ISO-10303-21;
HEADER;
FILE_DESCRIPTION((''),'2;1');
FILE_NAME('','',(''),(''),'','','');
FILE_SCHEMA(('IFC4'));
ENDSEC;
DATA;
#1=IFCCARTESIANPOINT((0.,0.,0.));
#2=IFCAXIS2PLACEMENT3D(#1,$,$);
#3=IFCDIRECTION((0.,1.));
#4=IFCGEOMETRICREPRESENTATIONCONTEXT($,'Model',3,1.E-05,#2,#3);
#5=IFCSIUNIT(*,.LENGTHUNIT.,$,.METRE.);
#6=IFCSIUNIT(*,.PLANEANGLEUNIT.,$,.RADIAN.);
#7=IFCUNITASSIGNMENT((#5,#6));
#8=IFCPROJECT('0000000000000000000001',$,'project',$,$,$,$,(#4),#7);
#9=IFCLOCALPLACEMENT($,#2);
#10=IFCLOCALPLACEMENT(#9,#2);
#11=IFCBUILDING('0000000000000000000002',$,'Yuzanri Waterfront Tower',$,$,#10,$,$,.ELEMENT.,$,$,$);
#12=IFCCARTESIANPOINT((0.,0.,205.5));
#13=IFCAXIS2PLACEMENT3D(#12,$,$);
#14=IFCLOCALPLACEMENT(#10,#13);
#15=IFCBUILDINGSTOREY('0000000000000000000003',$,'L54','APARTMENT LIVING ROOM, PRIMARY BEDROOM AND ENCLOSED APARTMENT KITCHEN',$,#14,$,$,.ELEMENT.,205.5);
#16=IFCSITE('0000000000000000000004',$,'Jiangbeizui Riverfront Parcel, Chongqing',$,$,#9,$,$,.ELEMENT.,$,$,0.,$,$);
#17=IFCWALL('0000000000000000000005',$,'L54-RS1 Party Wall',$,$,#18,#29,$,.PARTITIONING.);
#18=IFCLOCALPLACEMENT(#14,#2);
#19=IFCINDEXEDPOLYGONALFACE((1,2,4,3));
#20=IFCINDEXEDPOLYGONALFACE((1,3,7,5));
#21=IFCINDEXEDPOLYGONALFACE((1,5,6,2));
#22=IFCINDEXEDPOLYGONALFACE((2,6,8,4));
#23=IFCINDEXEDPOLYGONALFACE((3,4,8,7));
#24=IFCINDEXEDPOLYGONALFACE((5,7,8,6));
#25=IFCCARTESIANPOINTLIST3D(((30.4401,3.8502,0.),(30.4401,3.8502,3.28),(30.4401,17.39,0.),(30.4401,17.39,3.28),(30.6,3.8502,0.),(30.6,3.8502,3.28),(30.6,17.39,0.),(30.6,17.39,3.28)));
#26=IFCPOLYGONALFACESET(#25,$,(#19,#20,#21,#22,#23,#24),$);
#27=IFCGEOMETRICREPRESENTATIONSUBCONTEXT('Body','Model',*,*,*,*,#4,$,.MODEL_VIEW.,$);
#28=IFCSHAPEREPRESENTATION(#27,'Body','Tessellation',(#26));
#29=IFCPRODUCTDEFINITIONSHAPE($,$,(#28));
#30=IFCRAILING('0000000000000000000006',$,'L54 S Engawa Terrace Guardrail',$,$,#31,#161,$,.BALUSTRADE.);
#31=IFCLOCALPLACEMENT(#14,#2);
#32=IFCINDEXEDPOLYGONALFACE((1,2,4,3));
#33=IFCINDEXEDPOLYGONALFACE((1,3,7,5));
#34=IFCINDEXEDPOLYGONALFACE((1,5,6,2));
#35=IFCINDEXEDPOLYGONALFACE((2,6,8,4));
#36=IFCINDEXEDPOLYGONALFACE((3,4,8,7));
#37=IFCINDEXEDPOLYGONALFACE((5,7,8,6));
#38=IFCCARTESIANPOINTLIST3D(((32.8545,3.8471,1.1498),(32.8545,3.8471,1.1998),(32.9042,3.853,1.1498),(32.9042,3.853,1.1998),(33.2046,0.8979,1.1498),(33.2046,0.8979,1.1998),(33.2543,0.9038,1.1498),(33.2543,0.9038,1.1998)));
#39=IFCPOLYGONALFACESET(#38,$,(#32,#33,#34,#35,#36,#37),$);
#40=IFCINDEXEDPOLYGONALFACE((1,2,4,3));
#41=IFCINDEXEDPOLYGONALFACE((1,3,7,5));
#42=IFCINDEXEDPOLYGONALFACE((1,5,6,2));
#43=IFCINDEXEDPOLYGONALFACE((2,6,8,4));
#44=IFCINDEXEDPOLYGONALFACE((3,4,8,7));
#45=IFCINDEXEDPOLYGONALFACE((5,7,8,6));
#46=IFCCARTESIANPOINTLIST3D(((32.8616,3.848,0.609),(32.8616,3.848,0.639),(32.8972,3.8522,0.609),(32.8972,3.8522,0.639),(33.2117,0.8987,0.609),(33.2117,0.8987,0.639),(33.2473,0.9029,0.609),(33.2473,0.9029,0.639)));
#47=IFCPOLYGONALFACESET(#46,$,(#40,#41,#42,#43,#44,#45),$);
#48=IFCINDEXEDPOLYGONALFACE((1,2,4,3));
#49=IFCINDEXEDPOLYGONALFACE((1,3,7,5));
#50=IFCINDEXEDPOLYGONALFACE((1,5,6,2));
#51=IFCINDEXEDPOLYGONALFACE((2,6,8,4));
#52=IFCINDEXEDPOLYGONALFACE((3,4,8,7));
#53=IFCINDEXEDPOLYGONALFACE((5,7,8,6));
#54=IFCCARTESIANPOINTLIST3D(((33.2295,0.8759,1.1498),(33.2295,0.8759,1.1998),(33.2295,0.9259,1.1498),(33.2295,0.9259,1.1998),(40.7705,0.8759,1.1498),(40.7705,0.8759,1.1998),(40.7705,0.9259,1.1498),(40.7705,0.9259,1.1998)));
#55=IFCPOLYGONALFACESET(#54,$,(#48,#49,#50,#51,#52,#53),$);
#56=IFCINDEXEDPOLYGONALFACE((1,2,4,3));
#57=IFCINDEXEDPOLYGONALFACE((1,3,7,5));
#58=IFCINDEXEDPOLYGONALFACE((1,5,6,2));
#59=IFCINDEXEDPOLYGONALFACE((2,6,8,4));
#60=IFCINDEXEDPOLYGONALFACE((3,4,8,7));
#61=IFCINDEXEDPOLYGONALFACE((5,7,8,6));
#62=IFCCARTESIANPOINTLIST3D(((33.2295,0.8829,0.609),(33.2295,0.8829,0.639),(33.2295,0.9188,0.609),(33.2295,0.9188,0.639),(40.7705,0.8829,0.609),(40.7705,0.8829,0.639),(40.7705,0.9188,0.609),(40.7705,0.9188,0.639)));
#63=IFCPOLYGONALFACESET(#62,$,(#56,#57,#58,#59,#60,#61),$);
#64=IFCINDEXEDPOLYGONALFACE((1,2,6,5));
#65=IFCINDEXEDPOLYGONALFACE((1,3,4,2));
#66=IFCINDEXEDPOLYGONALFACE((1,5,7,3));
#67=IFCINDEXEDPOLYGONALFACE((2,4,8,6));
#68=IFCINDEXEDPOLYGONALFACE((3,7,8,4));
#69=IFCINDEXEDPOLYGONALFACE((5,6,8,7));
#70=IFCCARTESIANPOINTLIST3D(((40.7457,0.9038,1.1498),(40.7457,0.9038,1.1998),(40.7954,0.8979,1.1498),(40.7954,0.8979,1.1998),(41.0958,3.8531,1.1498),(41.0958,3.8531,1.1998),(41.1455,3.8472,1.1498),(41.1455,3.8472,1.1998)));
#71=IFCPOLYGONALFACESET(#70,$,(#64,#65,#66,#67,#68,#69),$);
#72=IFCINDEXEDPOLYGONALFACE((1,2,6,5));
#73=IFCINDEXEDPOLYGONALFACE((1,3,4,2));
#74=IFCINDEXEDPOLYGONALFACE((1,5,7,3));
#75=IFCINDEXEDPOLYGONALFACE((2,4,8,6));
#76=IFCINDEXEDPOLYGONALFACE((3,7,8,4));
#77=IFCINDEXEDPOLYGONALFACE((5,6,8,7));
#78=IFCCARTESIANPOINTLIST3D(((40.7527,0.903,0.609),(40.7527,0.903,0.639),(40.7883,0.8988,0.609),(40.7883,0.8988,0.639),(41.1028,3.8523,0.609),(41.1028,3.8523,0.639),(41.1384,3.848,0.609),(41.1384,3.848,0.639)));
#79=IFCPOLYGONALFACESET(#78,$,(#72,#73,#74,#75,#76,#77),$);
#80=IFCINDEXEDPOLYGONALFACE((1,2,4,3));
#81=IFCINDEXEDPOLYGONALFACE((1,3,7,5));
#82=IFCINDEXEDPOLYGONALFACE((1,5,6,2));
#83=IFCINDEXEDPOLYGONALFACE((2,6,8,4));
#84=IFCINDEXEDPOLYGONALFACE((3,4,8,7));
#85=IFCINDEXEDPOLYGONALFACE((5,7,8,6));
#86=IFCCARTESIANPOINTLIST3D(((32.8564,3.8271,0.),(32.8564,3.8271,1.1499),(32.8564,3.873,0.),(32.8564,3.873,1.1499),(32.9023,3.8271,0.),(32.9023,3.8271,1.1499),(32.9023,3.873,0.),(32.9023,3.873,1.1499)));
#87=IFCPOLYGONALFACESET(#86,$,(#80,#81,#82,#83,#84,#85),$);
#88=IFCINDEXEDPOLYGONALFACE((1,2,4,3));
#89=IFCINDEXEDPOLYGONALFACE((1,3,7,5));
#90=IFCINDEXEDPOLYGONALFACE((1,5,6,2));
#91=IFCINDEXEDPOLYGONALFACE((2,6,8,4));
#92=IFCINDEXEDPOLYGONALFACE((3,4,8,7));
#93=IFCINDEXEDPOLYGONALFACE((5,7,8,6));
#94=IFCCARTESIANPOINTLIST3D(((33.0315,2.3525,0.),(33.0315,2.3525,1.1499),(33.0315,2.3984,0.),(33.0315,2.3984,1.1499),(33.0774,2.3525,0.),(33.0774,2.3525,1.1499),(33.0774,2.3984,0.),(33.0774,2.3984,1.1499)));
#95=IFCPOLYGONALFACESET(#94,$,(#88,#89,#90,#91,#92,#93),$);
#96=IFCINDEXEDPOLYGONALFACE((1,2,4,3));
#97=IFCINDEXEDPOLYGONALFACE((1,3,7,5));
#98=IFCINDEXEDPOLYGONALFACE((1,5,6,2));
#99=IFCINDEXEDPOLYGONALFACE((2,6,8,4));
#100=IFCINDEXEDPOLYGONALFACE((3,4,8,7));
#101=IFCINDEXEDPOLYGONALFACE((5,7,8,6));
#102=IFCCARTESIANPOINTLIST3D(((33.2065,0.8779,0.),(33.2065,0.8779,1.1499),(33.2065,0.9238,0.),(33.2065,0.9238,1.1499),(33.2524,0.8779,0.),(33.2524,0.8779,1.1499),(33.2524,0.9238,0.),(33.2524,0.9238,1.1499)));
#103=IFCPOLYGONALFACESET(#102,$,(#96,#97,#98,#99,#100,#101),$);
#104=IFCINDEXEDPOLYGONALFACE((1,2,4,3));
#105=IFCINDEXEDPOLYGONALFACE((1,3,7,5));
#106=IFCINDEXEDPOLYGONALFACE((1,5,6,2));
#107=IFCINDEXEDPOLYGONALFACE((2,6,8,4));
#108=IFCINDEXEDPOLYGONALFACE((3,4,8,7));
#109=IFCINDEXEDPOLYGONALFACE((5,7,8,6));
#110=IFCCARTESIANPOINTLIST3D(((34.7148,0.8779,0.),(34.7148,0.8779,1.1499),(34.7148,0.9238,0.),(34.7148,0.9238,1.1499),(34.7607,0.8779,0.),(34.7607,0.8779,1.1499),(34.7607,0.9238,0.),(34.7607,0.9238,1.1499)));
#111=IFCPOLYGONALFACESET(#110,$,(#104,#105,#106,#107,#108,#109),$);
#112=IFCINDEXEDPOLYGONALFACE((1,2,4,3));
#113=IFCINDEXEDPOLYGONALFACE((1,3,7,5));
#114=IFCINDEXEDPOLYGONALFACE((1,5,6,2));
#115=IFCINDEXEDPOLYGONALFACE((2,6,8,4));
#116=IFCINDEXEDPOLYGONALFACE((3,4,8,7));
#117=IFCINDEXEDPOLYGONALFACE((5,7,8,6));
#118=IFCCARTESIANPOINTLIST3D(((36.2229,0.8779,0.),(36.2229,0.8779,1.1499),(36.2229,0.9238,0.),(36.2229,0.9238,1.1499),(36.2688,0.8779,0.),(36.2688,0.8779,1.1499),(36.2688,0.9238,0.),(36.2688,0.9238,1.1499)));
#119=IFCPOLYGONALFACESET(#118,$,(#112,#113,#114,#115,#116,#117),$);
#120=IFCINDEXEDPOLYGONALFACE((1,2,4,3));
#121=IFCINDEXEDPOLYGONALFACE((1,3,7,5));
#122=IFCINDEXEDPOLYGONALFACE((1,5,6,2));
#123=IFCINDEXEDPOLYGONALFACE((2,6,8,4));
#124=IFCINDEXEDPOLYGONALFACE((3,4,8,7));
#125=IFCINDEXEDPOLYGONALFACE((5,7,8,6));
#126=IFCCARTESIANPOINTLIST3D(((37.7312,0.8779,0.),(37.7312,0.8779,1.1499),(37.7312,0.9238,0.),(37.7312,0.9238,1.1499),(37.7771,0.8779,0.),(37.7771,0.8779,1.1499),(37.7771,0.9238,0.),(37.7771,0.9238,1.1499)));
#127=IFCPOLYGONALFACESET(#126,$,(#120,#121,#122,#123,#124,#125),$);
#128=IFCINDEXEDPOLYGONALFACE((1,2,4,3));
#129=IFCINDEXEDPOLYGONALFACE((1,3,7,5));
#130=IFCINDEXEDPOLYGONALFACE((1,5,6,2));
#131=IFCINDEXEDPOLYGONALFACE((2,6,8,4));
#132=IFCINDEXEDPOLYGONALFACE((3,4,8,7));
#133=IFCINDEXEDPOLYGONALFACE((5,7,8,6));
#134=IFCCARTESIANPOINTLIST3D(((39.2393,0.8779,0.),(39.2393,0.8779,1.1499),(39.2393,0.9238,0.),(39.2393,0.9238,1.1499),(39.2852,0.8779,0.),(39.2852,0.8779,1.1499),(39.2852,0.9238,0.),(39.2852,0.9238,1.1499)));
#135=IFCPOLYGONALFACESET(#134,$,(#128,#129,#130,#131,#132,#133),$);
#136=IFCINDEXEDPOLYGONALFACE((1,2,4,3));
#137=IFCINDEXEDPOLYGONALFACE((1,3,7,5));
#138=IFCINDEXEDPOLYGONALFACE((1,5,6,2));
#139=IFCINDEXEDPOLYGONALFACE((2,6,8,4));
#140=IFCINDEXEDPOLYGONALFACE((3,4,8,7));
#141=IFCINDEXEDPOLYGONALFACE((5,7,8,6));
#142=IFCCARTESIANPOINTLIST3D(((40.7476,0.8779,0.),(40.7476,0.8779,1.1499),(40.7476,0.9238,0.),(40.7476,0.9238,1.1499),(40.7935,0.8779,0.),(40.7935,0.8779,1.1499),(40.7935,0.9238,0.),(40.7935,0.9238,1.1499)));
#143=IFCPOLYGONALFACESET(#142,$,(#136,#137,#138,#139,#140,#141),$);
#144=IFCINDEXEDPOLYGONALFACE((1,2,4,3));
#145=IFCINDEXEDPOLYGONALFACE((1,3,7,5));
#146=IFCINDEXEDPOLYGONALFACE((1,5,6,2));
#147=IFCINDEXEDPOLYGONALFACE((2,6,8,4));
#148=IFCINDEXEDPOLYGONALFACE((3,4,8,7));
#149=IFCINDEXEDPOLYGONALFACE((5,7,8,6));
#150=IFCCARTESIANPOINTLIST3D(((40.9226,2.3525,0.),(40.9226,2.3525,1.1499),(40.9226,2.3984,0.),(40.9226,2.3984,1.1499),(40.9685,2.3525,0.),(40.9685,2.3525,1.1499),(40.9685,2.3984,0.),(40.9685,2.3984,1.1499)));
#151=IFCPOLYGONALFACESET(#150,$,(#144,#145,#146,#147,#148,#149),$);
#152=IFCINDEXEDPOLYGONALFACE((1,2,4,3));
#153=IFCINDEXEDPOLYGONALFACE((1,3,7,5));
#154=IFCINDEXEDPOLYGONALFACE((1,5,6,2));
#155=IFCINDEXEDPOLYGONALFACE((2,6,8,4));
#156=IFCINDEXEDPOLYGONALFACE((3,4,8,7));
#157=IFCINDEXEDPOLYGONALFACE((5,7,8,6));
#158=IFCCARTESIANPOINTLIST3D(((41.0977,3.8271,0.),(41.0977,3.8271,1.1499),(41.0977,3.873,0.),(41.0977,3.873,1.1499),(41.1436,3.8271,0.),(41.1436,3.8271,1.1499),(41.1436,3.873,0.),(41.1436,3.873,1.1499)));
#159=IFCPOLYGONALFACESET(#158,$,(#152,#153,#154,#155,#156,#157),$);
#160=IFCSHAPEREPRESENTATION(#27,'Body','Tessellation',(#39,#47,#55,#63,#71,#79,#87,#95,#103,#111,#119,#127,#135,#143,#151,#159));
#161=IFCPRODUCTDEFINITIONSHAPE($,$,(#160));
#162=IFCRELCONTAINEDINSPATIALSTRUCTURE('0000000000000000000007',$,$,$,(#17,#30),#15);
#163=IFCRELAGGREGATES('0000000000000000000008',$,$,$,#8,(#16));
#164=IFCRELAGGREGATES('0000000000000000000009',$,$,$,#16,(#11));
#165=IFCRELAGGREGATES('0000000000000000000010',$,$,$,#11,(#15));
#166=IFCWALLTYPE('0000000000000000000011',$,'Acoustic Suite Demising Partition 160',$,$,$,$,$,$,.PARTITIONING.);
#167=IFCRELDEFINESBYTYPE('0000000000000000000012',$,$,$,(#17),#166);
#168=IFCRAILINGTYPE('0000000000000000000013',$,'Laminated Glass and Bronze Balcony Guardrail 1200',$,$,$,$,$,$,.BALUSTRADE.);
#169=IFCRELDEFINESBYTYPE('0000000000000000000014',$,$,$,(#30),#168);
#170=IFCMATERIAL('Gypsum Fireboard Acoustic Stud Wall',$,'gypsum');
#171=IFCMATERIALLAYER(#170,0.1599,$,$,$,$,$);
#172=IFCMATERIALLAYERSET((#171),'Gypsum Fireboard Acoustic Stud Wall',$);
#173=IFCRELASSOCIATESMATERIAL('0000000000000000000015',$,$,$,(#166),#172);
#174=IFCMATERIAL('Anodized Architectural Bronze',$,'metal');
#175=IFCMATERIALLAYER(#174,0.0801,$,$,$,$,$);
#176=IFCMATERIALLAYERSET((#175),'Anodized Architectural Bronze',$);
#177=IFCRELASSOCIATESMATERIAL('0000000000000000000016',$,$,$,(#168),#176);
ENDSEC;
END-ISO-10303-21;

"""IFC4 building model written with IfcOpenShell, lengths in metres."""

from ifc_helpers import new_model, si_unit, direction, frame, frame_2d, origin, origin_2d, place, context, subcontext, project, spatial, rectangle, extrude, source, transform, mapped, material, layer, layer_set, type_object, element, save


model = new_model("IFC4")

# Units and contexts
model_context = context("Model", 3, precision=1e-05, world=origin(), true_north=direction((0.0, 1.0)))
body_context = subcontext(model_context, "Body", "Model", "MODEL_VIEW")
ifc_project = project(units=[si_unit("LENGTHUNIT", "METRE"), si_unit("PLANEANGLEUNIT", "RADIAN")], contexts=[model_context])

# Site, building, storey
site_placement = place(None, origin())
site = spatial("IfcSite", under=ifc_project, at=site_placement, Name="Jiangbeizui Riverfront Parcel, Chongqing", CompositionType="ELEMENT", RefElevation=0.0)
building_placement = place(site_placement, origin())
building = spatial("IfcBuilding", under=site, at=building_placement, Name="Yuzanri Waterfront Tower", CompositionType="ELEMENT")
storey_placement = place(building_placement, frame((0.0, 0.0, 205.5)))
storey = spatial("IfcBuildingStorey", under=building, at=storey_placement, Name="L54", Description="APARTMENT LIVING ROOM, PRIMARY BEDROOM AND ENCLOSED APARTMENT KITCHEN", CompositionType="ELEMENT", Elevation=205.5)

# Wall
ifc_material_1 = material(Name="Gypsum Fireboard Acoustic Stud Wall", Category="gypsum")
ifc_layer_1 = layer(ifc_material_1, 0.1599)
ifc_layer_set_1 = layer_set([ifc_layer_1], Name="Gypsum Fireboard Acoustic Stud Wall")
wall_type_1 = type_object("IfcWallType", Name="Acoustic Suite Demising Partition 160", PredefinedType="PARTITIONING", material=ifc_layer_set_1)
shared_shape_1 = source(origin(), body_context, "Body", "SweptSolid", [
    extrude(rectangle(XDim=13.5398, YDim=0.1599, at=frame_2d((6.77, 0.0))), origin(), (0.0, 0.0, 1.0), 3.28),
])
wall_1_placement = place(storey_placement, frame((30.52, 3.8501, 0.0), z_axis=(0.0, 0.0, 1.0), x_axis=(0.0, 1.0, 0.0)))
element("IfcWall", 1, at=wall_1_placement, inside=storey, type_object=wall_type_1, Name="L54-RS1 Party Wall", PredefinedType="PARTITIONING", context=body_context, shape_type="MappedRepresentation", body=[
    mapped(shared_shape_1, transform((0.0, 0.0, 0.0), scale=1.0)),
])

# Railing
ifc_material_2 = material(Name="Anodized Architectural Bronze", Category="metal")
ifc_layer_2 = layer(ifc_material_2, 0.0801)
ifc_layer_set_2 = layer_set([ifc_layer_2], Name="Anodized Architectural Bronze")
railing_type = type_object("IfcRailingType", Name="Laminated Glass and Bronze Balcony Guardrail 1200", PredefinedType="BALUSTRADE", material=ifc_layer_set_2)
shared_shape_2 = source(origin(), body_context, "Body", "SweptSolid", [
    extrude(rectangle(XDim=0.05, YDim=0.05, at=origin_2d()), frame((0.0, 0.0, 1.1748), z_axis=(0.117881, -0.993028, 0.0), x_axis=(0.993028, 0.117881, 0.0)), (0.0, 0.0, 1.0), 2.97),
    extrude(rectangle(XDim=0.0359, YDim=0.03, at=origin_2d()), frame((0.0, 0.0, 0.624), z_axis=(0.117881, -0.993028, 0.0), x_axis=(0.993028, 0.117881, 0.0)), (0.0, 0.0, 1.0), 2.97),
    extrude(rectangle(XDim=0.05, YDim=0.05, at=origin_2d()), frame((0.3501, -2.9492, 1.1748), z_axis=(1.0, 0.0, 0.0), x_axis=(0.0, 1.0, 0.0)), (0.0, 0.0, 1.0), 7.541),
    extrude(rectangle(XDim=0.0359, YDim=0.03, at=origin_2d()), frame((0.3501, -2.9492, 0.624), z_axis=(1.0, 0.0, 0.0), x_axis=(0.0, 1.0, 0.0)), (0.0, 0.0, 1.0), 7.541),
    extrude(rectangle(XDim=0.05, YDim=0.05, at=origin_2d()), frame((7.8911, -2.9492, 1.1748), z_axis=(0.117881, 0.993028, 0.0), x_axis=(-0.993028, 0.117881, 0.0)), (0.0, 0.0, 1.0), 2.97),
    extrude(rectangle(XDim=0.0359, YDim=0.03, at=origin_2d()), frame((7.8911, -2.9492, 0.624), z_axis=(0.117881, 0.993028, 0.0), x_axis=(-0.993028, 0.117881, 0.0)), (0.0, 0.0, 1.0), 2.97),
    extrude(rectangle(XDim=0.0459, YDim=0.0459, at=origin_2d()), origin(), (0.0, 0.0, 1.0), 1.1499),
    extrude(rectangle(XDim=0.0459, YDim=0.0459, at=origin_2d()), frame((0.175, -1.4746, 0.0)), (0.0, 0.0, 1.0), 1.1499),
    extrude(rectangle(XDim=0.0459, YDim=0.0459, at=origin_2d()), frame((0.3501, -2.9492, 0.0)), (0.0, 0.0, 1.0), 1.1499),
    extrude(rectangle(XDim=0.0459, YDim=0.0459, at=origin_2d()), frame((1.8584, -2.9492, 0.0)), (0.0, 0.0, 1.0), 1.1499),
    extrude(rectangle(XDim=0.0459, YDim=0.0459, at=origin_2d()), frame((3.3665, -2.9492, 0.0)), (0.0, 0.0, 1.0), 1.1499),
    extrude(rectangle(XDim=0.0459, YDim=0.0459, at=origin_2d()), frame((4.8748, -2.9492, 0.0)), (0.0, 0.0, 1.0), 1.1499),
    extrude(rectangle(XDim=0.0459, YDim=0.0459, at=origin_2d()), frame((6.3828, -2.9492, 0.0)), (0.0, 0.0, 1.0), 1.1499),
    extrude(rectangle(XDim=0.0459, YDim=0.0459, at=origin_2d()), frame((7.8911, -2.9492, 0.0)), (0.0, 0.0, 1.0), 1.1499),
    extrude(rectangle(XDim=0.0459, YDim=0.0459, at=origin_2d()), frame((8.0662, -1.4746, 0.0)), (0.0, 0.0, 1.0), 1.1499),
    extrude(rectangle(XDim=0.0459, YDim=0.0459, at=origin_2d()), frame((8.2412, 0.0, 0.0)), (0.0, 0.0, 1.0), 1.1499),
])
railing_placement = place(storey_placement, frame((32.8794, 3.8501, 0.0)))
element("IfcRailing", 2, at=railing_placement, inside=storey, type_object=railing_type, Name="L54 S Engawa Terrace Guardrail", PredefinedType="BALUSTRADE", context=body_context, shape_type="MappedRepresentation", body=[
    mapped(shared_shape_2, transform((0.0, 0.0, 0.0), scale=1.0)),
])

save(model, "model.ifc")
